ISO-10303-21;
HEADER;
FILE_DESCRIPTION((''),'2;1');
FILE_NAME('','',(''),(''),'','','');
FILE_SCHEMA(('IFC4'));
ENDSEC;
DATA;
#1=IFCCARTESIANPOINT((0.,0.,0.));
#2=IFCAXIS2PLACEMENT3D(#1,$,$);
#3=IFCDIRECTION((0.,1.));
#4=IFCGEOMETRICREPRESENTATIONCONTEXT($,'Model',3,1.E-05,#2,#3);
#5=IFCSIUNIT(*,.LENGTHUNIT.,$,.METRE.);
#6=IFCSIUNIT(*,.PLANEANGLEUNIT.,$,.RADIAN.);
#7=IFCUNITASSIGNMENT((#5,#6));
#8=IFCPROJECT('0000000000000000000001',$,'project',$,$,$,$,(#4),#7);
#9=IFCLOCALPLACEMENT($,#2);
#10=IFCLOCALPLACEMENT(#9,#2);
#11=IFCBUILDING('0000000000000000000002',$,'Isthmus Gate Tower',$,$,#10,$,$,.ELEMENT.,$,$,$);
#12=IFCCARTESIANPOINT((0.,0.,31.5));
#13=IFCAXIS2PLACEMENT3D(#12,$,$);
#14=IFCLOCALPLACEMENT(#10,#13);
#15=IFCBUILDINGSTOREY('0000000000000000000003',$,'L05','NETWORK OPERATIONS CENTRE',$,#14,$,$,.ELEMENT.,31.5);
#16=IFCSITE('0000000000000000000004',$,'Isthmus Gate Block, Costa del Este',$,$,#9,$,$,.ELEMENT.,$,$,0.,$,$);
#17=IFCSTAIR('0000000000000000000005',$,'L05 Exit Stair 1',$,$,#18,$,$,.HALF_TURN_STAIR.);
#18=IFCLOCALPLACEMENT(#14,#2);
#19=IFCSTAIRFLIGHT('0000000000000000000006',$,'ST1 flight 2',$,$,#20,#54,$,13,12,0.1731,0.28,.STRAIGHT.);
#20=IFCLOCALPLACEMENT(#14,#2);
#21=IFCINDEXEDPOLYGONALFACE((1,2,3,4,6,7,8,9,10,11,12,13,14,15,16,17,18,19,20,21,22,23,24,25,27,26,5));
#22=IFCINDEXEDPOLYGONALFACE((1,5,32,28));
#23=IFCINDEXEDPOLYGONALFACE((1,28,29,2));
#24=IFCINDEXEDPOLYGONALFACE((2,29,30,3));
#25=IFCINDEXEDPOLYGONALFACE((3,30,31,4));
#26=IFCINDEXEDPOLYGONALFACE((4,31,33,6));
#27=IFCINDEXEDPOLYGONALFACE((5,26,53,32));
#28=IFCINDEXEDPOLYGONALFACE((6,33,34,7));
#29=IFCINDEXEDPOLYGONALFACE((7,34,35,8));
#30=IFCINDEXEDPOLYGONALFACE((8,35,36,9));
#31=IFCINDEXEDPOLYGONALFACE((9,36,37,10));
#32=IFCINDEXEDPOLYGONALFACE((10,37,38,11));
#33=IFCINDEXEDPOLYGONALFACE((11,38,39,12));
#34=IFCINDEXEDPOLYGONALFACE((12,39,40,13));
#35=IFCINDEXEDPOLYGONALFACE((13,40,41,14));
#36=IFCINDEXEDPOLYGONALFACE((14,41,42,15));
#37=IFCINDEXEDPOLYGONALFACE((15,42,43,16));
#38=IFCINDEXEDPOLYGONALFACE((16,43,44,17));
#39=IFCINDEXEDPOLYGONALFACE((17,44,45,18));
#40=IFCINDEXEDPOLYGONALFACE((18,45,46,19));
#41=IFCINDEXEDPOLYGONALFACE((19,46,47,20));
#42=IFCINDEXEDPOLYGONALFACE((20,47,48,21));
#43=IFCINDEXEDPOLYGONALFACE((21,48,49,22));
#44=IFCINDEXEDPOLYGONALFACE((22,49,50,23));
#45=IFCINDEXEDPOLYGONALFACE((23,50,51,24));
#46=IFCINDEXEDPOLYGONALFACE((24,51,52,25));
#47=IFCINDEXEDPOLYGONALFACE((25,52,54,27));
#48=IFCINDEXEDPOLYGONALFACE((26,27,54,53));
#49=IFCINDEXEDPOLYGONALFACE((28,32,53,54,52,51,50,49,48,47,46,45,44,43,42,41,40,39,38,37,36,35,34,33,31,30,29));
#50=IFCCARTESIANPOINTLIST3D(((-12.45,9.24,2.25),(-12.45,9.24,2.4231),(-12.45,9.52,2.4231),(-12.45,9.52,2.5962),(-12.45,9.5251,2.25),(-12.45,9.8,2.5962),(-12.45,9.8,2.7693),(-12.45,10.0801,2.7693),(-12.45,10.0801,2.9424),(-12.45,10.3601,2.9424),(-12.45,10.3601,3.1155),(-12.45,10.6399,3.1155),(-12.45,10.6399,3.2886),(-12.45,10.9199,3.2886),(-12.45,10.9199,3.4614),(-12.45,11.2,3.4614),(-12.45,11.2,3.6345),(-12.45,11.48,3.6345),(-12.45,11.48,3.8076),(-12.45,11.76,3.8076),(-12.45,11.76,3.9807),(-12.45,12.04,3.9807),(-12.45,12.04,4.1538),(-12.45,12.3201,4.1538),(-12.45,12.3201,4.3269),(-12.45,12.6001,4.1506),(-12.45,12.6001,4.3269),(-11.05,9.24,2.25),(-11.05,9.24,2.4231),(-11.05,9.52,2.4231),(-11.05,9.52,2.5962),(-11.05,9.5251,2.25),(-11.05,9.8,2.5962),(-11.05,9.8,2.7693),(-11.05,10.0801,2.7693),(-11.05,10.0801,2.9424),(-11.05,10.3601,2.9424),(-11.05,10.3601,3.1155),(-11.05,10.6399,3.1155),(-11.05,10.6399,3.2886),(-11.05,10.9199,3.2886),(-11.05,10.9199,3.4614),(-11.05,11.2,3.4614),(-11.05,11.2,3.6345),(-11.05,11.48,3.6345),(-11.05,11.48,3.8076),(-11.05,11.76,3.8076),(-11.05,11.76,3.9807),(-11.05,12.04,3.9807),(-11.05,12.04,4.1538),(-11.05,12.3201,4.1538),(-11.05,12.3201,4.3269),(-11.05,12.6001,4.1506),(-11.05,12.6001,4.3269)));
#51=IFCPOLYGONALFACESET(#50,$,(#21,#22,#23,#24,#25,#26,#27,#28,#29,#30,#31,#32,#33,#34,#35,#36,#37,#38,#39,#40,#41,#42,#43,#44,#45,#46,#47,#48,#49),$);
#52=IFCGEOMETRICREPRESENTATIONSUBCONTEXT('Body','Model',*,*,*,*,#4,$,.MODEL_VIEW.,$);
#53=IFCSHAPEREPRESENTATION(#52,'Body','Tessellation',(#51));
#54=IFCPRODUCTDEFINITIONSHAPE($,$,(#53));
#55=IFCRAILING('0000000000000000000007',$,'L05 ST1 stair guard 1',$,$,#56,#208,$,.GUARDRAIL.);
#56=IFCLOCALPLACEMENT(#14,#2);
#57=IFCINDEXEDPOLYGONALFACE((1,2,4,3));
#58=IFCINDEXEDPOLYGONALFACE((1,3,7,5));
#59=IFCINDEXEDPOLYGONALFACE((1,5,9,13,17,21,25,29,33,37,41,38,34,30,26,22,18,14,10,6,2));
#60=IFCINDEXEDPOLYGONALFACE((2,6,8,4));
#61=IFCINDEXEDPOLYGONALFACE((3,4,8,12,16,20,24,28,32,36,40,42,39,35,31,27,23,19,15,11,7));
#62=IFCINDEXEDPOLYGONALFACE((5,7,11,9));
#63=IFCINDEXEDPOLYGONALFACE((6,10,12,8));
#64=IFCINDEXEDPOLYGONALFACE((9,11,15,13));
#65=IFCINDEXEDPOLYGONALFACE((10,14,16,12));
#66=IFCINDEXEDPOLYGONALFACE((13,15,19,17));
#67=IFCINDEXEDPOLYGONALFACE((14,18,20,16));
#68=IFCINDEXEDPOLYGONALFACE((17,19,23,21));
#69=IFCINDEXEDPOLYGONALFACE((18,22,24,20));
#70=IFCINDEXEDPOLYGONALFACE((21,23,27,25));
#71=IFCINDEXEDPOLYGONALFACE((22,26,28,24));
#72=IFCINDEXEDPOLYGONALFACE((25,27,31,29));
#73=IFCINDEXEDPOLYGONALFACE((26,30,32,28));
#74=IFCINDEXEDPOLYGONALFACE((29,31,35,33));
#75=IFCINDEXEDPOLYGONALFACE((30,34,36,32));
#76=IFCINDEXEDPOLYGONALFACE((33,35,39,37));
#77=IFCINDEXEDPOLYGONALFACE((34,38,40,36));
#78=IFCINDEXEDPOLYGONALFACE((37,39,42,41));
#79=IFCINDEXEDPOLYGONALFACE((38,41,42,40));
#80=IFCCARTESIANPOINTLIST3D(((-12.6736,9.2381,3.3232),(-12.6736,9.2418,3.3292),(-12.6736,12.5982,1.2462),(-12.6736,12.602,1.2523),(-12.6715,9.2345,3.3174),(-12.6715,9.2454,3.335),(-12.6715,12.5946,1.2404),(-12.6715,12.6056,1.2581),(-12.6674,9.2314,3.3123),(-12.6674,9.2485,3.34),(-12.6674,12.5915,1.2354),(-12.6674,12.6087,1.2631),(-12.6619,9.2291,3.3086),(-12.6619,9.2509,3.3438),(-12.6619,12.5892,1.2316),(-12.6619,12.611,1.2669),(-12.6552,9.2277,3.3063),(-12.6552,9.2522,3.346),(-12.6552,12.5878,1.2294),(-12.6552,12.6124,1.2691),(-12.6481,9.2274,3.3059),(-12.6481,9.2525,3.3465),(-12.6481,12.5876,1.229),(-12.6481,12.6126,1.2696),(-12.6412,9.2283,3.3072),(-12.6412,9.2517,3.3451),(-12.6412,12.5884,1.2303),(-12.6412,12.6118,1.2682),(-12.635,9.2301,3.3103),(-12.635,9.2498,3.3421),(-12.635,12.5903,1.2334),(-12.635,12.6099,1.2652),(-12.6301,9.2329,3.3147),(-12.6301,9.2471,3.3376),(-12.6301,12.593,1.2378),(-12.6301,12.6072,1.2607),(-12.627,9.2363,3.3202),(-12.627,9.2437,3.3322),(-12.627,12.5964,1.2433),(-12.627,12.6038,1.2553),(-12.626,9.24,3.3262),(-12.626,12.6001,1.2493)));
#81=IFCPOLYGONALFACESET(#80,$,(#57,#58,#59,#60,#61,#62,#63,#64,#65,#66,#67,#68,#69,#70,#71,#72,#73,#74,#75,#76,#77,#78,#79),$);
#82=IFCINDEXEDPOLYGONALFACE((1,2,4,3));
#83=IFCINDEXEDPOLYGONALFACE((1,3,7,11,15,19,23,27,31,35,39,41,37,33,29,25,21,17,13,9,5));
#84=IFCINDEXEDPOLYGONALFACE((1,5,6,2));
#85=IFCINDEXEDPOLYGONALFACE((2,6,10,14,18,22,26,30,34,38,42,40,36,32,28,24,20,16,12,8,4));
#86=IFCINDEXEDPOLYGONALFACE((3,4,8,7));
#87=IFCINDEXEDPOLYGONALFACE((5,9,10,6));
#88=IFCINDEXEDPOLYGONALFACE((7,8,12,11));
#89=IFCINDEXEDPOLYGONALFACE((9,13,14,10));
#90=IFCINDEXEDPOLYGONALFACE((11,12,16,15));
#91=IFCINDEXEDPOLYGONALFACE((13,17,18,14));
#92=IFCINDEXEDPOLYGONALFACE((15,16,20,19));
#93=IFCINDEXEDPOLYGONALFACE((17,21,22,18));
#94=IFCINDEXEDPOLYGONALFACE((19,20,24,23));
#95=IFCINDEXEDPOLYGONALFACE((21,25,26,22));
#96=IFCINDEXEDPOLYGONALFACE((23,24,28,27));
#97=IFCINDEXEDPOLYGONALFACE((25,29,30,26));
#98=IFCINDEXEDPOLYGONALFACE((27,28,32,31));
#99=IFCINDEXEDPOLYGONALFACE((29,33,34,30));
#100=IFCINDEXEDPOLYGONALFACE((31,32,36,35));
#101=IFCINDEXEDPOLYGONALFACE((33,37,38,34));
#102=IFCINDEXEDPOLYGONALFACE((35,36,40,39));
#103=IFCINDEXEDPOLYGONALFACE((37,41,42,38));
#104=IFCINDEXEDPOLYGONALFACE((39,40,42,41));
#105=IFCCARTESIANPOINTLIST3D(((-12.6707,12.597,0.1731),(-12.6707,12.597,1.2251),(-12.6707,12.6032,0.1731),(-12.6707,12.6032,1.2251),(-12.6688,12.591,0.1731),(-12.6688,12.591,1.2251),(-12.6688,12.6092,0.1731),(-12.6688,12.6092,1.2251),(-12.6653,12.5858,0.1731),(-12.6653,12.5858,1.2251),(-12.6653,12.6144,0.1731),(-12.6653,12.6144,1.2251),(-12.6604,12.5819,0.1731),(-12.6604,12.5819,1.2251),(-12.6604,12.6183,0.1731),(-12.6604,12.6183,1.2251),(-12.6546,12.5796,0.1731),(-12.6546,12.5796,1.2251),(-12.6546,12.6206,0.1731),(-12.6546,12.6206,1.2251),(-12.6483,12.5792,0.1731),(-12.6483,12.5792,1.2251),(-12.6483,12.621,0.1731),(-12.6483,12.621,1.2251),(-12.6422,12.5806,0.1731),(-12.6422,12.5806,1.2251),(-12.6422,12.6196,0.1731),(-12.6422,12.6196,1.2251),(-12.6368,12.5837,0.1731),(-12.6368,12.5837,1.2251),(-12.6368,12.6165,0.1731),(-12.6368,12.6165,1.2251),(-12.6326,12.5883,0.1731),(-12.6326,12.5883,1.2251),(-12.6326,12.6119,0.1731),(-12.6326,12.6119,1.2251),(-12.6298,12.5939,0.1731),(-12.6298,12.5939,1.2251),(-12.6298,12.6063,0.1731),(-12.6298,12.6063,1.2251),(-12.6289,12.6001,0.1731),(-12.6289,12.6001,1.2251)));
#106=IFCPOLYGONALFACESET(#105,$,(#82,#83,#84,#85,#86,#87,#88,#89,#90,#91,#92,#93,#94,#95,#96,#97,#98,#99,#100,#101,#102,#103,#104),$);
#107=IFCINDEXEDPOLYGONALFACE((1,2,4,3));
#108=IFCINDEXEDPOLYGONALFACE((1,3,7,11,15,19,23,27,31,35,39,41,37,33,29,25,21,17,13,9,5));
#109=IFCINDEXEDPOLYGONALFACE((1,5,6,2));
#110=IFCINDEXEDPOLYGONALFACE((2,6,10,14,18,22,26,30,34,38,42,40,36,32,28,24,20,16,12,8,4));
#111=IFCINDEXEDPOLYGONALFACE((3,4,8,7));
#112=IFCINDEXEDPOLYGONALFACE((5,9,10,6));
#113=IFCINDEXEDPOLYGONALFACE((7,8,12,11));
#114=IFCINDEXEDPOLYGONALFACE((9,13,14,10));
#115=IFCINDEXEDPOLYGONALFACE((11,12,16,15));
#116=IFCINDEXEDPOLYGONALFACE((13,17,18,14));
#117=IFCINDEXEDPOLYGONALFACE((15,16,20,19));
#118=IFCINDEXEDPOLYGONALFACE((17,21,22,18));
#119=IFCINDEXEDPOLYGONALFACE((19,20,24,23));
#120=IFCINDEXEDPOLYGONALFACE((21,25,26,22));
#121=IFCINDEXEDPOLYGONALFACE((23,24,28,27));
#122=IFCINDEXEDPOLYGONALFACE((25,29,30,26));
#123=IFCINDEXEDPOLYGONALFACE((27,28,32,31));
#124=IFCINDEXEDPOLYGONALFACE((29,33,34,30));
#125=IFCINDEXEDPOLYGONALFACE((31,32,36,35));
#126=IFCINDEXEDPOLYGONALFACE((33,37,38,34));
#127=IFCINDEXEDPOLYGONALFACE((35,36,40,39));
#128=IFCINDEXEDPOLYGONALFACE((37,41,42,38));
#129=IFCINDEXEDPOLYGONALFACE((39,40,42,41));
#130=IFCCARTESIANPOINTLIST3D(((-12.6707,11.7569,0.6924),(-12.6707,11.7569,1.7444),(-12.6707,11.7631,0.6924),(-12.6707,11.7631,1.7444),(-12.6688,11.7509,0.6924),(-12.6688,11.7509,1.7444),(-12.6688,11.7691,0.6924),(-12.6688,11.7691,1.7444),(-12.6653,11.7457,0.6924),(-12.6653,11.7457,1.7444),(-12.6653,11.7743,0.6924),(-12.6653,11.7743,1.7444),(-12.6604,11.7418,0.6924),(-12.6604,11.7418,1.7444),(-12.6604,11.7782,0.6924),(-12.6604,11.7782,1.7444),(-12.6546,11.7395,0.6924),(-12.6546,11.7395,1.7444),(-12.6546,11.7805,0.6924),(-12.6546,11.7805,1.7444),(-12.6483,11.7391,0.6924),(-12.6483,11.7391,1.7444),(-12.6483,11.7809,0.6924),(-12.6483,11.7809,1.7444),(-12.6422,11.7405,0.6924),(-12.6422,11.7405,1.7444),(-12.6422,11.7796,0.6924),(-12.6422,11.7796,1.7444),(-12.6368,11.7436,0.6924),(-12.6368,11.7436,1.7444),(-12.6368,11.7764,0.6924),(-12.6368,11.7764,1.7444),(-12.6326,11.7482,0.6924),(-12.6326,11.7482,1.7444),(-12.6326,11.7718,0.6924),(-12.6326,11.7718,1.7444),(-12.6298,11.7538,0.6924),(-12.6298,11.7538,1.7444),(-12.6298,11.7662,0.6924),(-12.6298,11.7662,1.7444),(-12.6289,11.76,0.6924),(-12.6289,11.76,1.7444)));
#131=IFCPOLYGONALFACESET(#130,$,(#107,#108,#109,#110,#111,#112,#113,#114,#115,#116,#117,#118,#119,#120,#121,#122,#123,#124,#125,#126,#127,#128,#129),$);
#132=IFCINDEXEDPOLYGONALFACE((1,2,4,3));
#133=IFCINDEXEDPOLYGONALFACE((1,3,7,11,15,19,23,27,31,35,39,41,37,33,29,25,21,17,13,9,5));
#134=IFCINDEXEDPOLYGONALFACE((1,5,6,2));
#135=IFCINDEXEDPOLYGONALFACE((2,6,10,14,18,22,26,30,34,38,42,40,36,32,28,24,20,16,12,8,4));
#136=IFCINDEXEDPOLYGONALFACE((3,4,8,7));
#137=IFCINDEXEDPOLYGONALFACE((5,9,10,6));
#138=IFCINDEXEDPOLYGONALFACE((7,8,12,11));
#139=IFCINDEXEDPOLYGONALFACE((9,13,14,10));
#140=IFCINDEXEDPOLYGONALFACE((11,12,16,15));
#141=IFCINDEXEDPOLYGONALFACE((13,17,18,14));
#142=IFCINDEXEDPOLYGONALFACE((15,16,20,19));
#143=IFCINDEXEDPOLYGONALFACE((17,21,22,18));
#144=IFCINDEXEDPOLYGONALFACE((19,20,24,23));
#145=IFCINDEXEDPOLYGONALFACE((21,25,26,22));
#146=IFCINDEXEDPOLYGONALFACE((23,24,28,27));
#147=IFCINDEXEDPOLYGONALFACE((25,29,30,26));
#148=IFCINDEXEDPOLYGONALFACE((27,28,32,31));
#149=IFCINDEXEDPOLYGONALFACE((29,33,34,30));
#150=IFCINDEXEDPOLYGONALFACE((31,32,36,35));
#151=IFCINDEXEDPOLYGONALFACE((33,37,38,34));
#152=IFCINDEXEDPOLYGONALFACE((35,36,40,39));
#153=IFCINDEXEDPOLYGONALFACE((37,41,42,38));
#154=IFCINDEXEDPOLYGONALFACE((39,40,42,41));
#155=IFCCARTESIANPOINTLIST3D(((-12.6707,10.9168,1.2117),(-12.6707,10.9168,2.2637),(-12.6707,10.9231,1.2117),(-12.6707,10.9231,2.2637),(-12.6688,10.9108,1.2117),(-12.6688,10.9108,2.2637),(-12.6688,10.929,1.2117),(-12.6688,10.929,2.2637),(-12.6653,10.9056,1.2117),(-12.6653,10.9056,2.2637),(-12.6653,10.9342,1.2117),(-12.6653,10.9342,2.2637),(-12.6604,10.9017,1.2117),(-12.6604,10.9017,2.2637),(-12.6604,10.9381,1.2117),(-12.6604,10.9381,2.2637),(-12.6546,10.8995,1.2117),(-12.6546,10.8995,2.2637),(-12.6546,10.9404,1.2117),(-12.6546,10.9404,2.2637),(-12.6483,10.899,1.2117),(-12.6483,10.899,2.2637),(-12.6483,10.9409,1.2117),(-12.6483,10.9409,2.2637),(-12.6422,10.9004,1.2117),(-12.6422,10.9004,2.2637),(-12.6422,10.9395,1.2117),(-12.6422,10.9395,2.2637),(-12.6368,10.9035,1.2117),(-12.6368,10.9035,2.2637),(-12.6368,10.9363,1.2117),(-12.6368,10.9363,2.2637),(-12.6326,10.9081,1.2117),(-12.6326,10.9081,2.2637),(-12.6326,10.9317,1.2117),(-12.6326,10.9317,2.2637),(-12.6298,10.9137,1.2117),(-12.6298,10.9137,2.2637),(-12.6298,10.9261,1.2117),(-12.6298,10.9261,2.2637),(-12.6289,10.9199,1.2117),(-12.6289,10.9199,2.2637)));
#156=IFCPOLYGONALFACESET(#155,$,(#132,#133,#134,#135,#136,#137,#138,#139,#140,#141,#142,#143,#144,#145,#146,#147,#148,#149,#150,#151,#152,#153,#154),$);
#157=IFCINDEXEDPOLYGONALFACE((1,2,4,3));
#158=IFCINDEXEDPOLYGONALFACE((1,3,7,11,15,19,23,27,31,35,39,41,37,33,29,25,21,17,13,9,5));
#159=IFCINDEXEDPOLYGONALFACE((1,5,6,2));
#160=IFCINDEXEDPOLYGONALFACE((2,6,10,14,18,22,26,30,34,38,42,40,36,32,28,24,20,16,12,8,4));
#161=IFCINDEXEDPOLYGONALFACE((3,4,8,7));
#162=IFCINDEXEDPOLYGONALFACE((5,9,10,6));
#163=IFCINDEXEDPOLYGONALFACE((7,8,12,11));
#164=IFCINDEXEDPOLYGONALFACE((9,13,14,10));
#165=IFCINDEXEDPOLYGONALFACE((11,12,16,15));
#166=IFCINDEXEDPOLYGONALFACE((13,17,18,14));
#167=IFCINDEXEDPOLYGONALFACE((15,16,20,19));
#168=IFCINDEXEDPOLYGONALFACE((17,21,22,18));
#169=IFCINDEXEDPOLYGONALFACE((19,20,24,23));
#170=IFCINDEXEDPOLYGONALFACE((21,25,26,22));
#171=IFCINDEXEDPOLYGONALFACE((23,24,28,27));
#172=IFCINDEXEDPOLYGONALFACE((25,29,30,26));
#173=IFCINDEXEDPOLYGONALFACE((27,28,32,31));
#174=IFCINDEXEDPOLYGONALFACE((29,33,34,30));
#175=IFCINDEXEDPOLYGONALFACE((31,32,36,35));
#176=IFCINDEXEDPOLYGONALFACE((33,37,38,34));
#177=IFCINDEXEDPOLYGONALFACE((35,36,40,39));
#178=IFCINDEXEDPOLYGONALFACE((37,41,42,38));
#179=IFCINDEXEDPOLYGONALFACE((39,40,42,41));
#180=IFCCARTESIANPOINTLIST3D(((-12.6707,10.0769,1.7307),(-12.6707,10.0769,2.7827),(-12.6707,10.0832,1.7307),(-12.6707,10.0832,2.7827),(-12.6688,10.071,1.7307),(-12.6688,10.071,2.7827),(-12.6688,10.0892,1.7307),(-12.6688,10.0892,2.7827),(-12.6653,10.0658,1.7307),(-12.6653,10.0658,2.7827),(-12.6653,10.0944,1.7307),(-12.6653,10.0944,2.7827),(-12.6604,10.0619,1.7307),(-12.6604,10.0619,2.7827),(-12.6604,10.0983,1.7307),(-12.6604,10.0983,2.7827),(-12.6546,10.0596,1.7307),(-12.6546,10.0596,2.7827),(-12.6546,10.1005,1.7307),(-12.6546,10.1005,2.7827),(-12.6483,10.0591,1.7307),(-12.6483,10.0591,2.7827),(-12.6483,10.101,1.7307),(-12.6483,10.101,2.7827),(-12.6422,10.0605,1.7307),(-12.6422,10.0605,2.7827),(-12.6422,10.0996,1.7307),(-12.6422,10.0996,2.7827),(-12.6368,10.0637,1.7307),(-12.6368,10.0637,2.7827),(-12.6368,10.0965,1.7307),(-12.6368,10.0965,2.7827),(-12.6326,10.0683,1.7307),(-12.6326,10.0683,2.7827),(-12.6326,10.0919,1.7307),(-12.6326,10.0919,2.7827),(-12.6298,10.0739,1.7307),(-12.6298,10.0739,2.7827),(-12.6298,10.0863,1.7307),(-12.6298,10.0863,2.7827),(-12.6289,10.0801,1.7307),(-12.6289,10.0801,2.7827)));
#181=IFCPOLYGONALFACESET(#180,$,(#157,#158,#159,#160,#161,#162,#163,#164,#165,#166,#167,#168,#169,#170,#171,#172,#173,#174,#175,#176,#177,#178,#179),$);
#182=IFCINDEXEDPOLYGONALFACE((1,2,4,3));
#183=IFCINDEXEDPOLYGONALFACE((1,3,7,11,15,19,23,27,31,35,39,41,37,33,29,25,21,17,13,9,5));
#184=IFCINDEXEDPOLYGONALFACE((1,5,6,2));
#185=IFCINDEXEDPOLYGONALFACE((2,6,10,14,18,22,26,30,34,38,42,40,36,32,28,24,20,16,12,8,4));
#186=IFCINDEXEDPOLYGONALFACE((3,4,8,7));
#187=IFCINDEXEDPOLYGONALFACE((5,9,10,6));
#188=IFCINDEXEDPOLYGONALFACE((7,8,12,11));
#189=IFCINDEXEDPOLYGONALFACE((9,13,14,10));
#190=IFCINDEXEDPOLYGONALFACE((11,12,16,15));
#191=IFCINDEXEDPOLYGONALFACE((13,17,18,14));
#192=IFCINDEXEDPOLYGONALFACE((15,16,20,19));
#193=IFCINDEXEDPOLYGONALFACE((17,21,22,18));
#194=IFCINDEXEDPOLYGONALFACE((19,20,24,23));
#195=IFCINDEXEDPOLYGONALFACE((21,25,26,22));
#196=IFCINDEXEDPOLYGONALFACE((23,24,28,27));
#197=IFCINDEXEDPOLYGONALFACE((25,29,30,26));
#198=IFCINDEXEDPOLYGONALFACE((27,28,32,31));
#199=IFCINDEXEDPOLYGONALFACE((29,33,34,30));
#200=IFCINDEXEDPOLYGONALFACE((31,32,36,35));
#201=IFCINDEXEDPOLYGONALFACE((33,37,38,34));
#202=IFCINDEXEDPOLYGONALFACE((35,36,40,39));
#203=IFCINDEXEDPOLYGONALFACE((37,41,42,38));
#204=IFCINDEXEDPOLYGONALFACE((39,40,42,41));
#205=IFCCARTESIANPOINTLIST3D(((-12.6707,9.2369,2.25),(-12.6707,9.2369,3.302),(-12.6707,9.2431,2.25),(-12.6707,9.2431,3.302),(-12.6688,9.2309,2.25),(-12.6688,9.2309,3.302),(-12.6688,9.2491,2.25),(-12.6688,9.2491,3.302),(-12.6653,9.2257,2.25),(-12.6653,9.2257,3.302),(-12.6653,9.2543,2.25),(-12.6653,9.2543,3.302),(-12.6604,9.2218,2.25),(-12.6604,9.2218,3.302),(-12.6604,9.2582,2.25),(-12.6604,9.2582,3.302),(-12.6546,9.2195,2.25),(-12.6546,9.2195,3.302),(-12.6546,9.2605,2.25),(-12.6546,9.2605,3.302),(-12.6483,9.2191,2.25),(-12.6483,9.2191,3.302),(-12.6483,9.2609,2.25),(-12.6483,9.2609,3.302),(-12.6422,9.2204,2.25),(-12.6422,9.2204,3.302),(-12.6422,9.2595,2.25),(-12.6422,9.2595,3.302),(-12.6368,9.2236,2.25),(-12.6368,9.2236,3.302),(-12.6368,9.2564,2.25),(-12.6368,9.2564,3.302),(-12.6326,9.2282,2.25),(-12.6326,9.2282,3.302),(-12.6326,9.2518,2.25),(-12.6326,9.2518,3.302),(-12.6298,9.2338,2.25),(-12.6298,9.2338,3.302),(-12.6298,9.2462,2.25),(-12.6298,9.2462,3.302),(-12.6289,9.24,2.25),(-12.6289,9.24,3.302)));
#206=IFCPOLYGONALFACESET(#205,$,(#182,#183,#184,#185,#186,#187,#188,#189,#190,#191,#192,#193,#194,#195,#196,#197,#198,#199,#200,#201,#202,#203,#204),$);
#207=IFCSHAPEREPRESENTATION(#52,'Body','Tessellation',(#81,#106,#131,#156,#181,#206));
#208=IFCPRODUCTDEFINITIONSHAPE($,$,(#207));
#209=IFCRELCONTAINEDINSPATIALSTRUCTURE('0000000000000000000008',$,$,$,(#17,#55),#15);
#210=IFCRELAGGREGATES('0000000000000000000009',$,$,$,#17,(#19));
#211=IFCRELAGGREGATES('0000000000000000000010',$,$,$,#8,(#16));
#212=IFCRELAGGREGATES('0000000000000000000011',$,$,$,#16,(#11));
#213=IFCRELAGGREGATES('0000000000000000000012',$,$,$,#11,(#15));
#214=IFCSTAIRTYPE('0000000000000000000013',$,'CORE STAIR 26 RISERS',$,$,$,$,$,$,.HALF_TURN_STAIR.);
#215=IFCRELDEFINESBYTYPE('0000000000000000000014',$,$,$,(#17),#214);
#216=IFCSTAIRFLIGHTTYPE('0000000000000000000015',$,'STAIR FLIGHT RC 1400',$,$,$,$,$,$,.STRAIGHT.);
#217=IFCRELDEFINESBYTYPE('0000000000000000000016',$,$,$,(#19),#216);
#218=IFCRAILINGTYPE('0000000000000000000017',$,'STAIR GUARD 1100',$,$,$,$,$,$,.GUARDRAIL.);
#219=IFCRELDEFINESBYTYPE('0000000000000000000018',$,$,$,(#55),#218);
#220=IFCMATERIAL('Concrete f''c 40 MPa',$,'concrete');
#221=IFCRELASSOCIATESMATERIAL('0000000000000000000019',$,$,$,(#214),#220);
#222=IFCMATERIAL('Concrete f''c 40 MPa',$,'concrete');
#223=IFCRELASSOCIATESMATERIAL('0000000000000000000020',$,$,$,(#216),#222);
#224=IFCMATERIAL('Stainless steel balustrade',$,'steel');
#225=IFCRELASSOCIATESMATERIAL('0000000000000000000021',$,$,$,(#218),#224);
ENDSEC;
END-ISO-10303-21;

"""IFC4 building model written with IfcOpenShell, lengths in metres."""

from ifc_helpers import new_model, si_unit, direction, frame, origin, origin_2d, place, context, subcontext, project, spatial, polyline, circle, outline, extrude, material, type_object, element, aggregate, save


model = new_model("IFC4")

# Units and contexts
model_context = context("Model", 3, precision=1e-05, world=origin(), true_north=direction((0.0, 1.0)))
body_context = subcontext(model_context, "Body", "Model", "MODEL_VIEW")
ifc_project = project(units=[si_unit("LENGTHUNIT", "METRE"), si_unit("PLANEANGLEUNIT", "RADIAN")], contexts=[model_context])

# Site, building, storey
site_placement = place(None, origin())
site = spatial("IfcSite", under=ifc_project, at=site_placement, Name="Isthmus Gate Block, Costa del Este", CompositionType="ELEMENT", RefElevation=0.0)
building_placement = place(site_placement, origin())
building = spatial("IfcBuilding", under=site, at=building_placement, Name="Isthmus Gate Tower", CompositionType="ELEMENT")
storey_placement = place(building_placement, frame((0.0, 0.0, 31.5)))
storey = spatial("IfcBuildingStorey", under=building, at=storey_placement, Name="L05", Description="NETWORK OPERATIONS CENTRE", CompositionType="ELEMENT", Elevation=31.5)

# Stair, stair flight
ifc_material_1 = material(Name="Concrete f'c 40 MPa", Category="concrete")
stair_type = type_object("IfcStairType", Name="CORE STAIR 26 RISERS", PredefinedType="HALF_TURN_STAIR", material=ifc_material_1)
stair_placement = place(storey_placement, origin())
stair = element("IfcStair", 1, at=stair_placement, inside=storey, type_object=stair_type, Name="L05 Exit Stair 1", PredefinedType="HALF_TURN_STAIR")
ifc_material_2 = material(Name="Concrete f'c 40 MPa", Category="concrete")
stair_flight_type = type_object("IfcStairFlightType", Name="STAIR FLIGHT RC 1400", PredefinedType="STRAIGHT", material=ifc_material_2)
stair_flight_placement = place(storey_placement, frame((-11.75, 9.24, 2.25), z_axis=(0.0, 0.0, 1.0), x_axis=(0.0, 1.0, 0.0)))
stair_flight = element("IfcStairFlight", 2, at=stair_flight_placement, type_object=stair_flight_type, Name="ST1 flight 2", NumberOfRisers=13, NumberOfTreads=12, PredefinedType="STRAIGHT", RiserHeight=0.1731, TreadLength=0.28, context=body_context, shape_type="SweptSolid", body=[
    extrude(outline(polyline([(0.0, 0.0), (0.0, 0.1731), (0.28, 0.1731), (0.28, 0.3462), (0.5601, 0.3462), (0.5601, 0.5193), (0.8401, 0.5193), (0.8401, 0.6924), (1.1201, 0.6924), (1.1201, 0.8655), (1.3999, 0.8655), (1.3999, 1.0386), (1.6799, 1.0386), (1.6799, 1.2114), (1.96, 1.2114), (1.96, 1.3845), (2.24, 1.3845), (2.24, 1.5576), (2.52, 1.5576), (2.52, 1.7307), (2.8, 1.7307), (2.8, 1.9038), (3.0801, 1.9038), (3.0801, 2.0769), (3.3601, 2.0769), (3.3601, 2.25), (3.3601, 1.9006), (0.2852, 0.0), (0.0, 0.0)])), frame((0.0, 0.7, 0.0), z_axis=(0.0, -1.0, 0.0), x_axis=(1.0, 0.0, 0.0)), (0.0, 0.0, 1.0), 1.3999),
])
aggregate(stair, [stair_flight])

# Railing
ifc_material_3 = material(Name="Stainless steel balustrade", Category="steel")
railing_type_1 = type_object("IfcRailingType", Name="STAIR GUARD 1100", PredefinedType="GUARDRAIL", material=ifc_material_3)
railing_1_placement = place(storey_placement, frame((-12.6499, 12.6001, 0.1731)))
element("IfcRailing", 3, at=railing_1_placement, inside=storey, type_object=railing_type_1, Name="L05 ST1 stair guard 1", PredefinedType="GUARDRAIL", context=body_context, shape_type="SweptSolid", body=[
    extrude(circle(Radius=0.0239, at=origin_2d()), frame((0.0, 0.0, 1.0762), z_axis=(0.0, -0.850623, 0.525776), x_axis=(1.0, 0.0, 0.0)), (0.0, 0.0, 1.0), 3.9502),
    extrude(circle(Radius=0.021, at=origin_2d()), origin(), (0.0, 0.0, 1.0), 1.052),
    extrude(circle(Radius=0.021, at=origin_2d()), frame((0.0, -0.8401, 0.5193)), (0.0, 0.0, 1.0), 1.052),
    extrude(circle(Radius=0.021, at=origin_2d()), frame((0.0, -1.6802, 1.0386)), (0.0, 0.0, 1.0), 1.052),
    extrude(circle(Radius=0.021, at=origin_2d()), frame((0.0, -2.52, 1.5576)), (0.0, 0.0, 1.0), 1.052),
    extrude(circle(Radius=0.021, at=origin_2d()), frame((0.0, -3.3601, 2.0769)), (0.0, 0.0, 1.0), 1.052),
])

save(model, "model.ifc")
